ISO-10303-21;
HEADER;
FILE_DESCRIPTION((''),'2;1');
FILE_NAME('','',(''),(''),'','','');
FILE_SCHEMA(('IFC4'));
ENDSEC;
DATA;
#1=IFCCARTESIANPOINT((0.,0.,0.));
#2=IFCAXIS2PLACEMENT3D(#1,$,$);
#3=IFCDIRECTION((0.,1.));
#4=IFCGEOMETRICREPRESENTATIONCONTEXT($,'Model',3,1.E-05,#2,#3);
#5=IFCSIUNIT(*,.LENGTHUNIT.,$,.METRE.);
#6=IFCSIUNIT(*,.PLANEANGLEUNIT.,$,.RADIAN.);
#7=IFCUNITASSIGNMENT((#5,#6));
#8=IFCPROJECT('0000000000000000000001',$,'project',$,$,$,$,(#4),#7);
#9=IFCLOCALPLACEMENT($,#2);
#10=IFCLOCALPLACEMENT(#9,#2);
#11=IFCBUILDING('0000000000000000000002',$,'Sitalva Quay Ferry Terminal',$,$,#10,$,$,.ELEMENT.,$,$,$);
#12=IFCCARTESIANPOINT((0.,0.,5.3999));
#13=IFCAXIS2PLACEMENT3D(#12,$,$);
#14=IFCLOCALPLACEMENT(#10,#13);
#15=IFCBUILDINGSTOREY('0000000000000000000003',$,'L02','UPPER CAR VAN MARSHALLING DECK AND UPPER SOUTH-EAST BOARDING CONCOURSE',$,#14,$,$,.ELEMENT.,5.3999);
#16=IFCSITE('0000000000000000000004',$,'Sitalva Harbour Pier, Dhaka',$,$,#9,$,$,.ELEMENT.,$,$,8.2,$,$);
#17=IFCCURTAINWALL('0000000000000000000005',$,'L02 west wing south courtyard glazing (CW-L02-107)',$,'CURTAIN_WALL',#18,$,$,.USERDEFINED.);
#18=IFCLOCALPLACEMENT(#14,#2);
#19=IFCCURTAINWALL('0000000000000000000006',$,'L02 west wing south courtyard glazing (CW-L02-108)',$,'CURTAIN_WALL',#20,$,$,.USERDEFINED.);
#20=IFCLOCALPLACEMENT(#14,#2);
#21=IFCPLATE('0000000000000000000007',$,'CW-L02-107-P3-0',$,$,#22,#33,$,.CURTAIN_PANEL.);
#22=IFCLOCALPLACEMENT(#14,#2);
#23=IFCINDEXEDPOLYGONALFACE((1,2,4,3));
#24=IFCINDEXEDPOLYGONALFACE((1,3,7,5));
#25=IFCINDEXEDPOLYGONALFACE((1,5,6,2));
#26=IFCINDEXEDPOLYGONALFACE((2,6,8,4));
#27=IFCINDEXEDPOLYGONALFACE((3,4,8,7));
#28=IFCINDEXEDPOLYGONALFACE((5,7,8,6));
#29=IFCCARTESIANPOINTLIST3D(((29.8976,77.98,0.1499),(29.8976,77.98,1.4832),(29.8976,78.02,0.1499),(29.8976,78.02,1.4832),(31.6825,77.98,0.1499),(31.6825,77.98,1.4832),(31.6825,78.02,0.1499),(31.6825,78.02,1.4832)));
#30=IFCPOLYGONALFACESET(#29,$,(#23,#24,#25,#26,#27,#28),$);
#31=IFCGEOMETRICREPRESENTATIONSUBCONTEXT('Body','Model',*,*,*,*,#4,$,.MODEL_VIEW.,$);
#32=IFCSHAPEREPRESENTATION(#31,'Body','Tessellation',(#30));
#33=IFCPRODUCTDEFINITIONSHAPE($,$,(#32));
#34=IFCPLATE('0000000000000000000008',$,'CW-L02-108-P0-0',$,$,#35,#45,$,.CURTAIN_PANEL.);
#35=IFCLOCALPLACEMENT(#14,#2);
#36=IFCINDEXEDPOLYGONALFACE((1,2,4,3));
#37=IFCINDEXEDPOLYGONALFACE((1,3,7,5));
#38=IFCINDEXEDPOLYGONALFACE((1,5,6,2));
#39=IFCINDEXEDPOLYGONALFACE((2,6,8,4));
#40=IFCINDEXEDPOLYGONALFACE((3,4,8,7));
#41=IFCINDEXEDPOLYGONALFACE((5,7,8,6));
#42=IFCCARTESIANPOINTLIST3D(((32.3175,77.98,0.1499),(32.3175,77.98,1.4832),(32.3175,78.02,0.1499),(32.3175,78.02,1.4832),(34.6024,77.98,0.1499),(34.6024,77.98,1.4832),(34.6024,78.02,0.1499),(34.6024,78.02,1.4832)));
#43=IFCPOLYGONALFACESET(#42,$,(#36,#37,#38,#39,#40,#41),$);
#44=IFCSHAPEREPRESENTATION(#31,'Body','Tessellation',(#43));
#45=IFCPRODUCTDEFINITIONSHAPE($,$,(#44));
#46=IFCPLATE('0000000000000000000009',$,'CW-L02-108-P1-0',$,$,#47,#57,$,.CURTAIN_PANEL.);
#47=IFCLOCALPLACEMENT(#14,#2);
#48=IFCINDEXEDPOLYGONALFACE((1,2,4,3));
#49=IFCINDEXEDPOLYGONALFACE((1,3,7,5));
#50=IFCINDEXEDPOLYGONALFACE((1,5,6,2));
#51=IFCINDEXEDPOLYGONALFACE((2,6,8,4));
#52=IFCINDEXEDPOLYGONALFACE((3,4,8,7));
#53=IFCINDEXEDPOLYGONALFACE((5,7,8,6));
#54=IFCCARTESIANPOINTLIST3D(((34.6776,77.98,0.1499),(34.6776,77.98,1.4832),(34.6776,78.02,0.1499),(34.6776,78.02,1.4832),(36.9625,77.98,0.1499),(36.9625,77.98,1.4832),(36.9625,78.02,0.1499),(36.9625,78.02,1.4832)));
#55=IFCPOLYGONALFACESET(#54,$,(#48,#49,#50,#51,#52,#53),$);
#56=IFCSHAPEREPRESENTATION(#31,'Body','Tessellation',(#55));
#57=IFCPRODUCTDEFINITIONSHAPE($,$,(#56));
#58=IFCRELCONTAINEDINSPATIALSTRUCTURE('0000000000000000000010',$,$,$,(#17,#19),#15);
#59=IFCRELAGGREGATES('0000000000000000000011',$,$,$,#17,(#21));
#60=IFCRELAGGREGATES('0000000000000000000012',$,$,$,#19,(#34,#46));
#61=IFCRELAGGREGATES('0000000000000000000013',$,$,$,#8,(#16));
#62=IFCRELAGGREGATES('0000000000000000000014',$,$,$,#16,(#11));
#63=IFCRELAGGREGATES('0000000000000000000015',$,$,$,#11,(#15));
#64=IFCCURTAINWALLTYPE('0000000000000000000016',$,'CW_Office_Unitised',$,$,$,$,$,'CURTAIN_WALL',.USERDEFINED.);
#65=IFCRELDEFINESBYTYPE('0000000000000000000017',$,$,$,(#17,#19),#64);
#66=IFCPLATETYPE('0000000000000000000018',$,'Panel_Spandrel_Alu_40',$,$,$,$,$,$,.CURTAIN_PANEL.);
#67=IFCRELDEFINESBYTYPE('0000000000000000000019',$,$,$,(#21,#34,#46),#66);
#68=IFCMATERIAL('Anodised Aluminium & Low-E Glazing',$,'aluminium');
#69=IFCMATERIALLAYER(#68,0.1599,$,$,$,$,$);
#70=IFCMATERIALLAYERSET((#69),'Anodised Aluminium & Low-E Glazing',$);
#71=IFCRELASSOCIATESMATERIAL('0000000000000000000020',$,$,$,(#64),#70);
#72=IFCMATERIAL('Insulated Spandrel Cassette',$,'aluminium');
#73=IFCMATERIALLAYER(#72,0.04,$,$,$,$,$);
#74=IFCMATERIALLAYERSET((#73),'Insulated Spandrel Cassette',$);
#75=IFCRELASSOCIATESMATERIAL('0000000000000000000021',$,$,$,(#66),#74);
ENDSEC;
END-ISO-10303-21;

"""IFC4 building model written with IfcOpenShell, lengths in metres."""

from ifc_helpers import new_model, si_unit, direction, frame, origin, origin_2d, place, context, subcontext, project, spatial, rectangle, extrude, material, layer, layer_set, type_object, element, aggregate, save


model = new_model("IFC4")

# Units and contexts
model_context = context("Model", 3, precision=1e-05, world=origin(), true_north=direction((0.0, 1.0)))
body_context = subcontext(model_context, "Body", "Model", "MODEL_VIEW")
ifc_project = project(units=[si_unit("LENGTHUNIT", "METRE"), si_unit("PLANEANGLEUNIT", "RADIAN")], contexts=[model_context])

# Site, building, storey
site_placement = place(None, origin())
site = spatial("IfcSite", under=ifc_project, at=site_placement, Name="Sitalva Harbour Pier, Dhaka", CompositionType="ELEMENT", RefElevation=8.2)
building_placement = place(site_placement, origin())
building = spatial("IfcBuilding", under=site, at=building_placement, Name="Sitalva Quay Ferry Terminal", CompositionType="ELEMENT")
storey_placement = place(building_placement, frame((0.0, 0.0, 5.3999)))
storey = spatial("IfcBuildingStorey", under=building, at=storey_placement, Name="L02", Description="UPPER CAR VAN MARSHALLING DECK AND UPPER SOUTH-EAST BOARDING CONCOURSE", CompositionType="ELEMENT", Elevation=5.3999)

# Curtain wall
ifc_material_1 = material(Name="Anodised Aluminium & Low-E Glazing", Category="aluminium")
ifc_layer_1 = layer(ifc_material_1, 0.1599)
ifc_layer_set_1 = layer_set([ifc_layer_1], Name="Anodised Aluminium & Low-E Glazing")
curtain_wall_type = type_object("IfcCurtainWallType", Name="CW_Office_Unitised", ElementType="CURTAIN_WALL", PredefinedType="USERDEFINED", material=ifc_layer_set_1)
curtain_wall_1_placement = place(storey_placement, origin())
curtain_wall_1 = element("IfcCurtainWall", 1, at=curtain_wall_1_placement, inside=storey, type_object=curtain_wall_type, Name="L02 west wing south courtyard glazing (CW-L02-107)", ObjectType="CURTAIN_WALL", PredefinedType="USERDEFINED")

# Curtain wall
curtain_wall_2_placement = place(storey_placement, origin())
curtain_wall_2 = element("IfcCurtainWall", 2, at=curtain_wall_2_placement, inside=storey, type_object=curtain_wall_type, Name="L02 west wing south courtyard glazing (CW-L02-108)", ObjectType="CURTAIN_WALL", PredefinedType="USERDEFINED")

# Plates
ifc_material_2 = material(Name="Insulated Spandrel Cassette", Category="aluminium")
ifc_layer_2 = layer(ifc_material_2, 0.04)
ifc_layer_set_2 = layer_set([ifc_layer_2], Name="Insulated Spandrel Cassette")
plate_type_1 = type_object("IfcPlateType", Name="Panel_Spandrel_Alu_40", PredefinedType="CURTAIN_PANEL", material=ifc_layer_set_2)
plate_1_placement = place(storey_placement, frame((30.79, 78.0, 0.1499), z_axis=(0.0, 0.0, 1.0), x_axis=(1.0, 0.0, 0.0)))
plate_1 = element("IfcPlate", 3, at=plate_1_placement, type_object=plate_type_1, Name="CW-L02-107-P3-0", PredefinedType="CURTAIN_PANEL", context=body_context, shape_type="SweptSolid", body=[
    extrude(rectangle(XDim=1.7849, YDim=0.04, at=origin_2d()), origin(), (0.0, 0.0, 1.0), 1.3333),
])
aggregate(curtain_wall_1, [plate_1])
plate_2_placement = place(storey_placement, frame((33.46, 78.0, 0.1499), z_axis=(0.0, 0.0, 1.0), x_axis=(1.0, 0.0, 0.0)))
plate_2 = element("IfcPlate", 4, at=plate_2_placement, type_object=plate_type_1, Name="CW-L02-108-P0-0", PredefinedType="CURTAIN_PANEL", context=body_context, shape_type="SweptSolid", body=[
    extrude(rectangle(XDim=2.2849, YDim=0.04, at=origin_2d()), origin(), (0.0, 0.0, 1.0), 1.3333),
])
plate_3_placement = place(storey_placement, frame((35.8201, 78.0, 0.1499), z_axis=(0.0, 0.0, 1.0), x_axis=(1.0, 0.0, 0.0)))
plate_3 = element("IfcPlate", 5, at=plate_3_placement, type_object=plate_type_1, Name="CW-L02-108-P1-0", PredefinedType="CURTAIN_PANEL", context=body_context, shape_type="SweptSolid", body=[
    extrude(rectangle(XDim=2.2849, YDim=0.04, at=origin_2d()), origin(), (0.0, 0.0, 1.0), 1.3333),
])
aggregate(curtain_wall_2, [plate_2, plate_3])

save(model, "model.ifc")
